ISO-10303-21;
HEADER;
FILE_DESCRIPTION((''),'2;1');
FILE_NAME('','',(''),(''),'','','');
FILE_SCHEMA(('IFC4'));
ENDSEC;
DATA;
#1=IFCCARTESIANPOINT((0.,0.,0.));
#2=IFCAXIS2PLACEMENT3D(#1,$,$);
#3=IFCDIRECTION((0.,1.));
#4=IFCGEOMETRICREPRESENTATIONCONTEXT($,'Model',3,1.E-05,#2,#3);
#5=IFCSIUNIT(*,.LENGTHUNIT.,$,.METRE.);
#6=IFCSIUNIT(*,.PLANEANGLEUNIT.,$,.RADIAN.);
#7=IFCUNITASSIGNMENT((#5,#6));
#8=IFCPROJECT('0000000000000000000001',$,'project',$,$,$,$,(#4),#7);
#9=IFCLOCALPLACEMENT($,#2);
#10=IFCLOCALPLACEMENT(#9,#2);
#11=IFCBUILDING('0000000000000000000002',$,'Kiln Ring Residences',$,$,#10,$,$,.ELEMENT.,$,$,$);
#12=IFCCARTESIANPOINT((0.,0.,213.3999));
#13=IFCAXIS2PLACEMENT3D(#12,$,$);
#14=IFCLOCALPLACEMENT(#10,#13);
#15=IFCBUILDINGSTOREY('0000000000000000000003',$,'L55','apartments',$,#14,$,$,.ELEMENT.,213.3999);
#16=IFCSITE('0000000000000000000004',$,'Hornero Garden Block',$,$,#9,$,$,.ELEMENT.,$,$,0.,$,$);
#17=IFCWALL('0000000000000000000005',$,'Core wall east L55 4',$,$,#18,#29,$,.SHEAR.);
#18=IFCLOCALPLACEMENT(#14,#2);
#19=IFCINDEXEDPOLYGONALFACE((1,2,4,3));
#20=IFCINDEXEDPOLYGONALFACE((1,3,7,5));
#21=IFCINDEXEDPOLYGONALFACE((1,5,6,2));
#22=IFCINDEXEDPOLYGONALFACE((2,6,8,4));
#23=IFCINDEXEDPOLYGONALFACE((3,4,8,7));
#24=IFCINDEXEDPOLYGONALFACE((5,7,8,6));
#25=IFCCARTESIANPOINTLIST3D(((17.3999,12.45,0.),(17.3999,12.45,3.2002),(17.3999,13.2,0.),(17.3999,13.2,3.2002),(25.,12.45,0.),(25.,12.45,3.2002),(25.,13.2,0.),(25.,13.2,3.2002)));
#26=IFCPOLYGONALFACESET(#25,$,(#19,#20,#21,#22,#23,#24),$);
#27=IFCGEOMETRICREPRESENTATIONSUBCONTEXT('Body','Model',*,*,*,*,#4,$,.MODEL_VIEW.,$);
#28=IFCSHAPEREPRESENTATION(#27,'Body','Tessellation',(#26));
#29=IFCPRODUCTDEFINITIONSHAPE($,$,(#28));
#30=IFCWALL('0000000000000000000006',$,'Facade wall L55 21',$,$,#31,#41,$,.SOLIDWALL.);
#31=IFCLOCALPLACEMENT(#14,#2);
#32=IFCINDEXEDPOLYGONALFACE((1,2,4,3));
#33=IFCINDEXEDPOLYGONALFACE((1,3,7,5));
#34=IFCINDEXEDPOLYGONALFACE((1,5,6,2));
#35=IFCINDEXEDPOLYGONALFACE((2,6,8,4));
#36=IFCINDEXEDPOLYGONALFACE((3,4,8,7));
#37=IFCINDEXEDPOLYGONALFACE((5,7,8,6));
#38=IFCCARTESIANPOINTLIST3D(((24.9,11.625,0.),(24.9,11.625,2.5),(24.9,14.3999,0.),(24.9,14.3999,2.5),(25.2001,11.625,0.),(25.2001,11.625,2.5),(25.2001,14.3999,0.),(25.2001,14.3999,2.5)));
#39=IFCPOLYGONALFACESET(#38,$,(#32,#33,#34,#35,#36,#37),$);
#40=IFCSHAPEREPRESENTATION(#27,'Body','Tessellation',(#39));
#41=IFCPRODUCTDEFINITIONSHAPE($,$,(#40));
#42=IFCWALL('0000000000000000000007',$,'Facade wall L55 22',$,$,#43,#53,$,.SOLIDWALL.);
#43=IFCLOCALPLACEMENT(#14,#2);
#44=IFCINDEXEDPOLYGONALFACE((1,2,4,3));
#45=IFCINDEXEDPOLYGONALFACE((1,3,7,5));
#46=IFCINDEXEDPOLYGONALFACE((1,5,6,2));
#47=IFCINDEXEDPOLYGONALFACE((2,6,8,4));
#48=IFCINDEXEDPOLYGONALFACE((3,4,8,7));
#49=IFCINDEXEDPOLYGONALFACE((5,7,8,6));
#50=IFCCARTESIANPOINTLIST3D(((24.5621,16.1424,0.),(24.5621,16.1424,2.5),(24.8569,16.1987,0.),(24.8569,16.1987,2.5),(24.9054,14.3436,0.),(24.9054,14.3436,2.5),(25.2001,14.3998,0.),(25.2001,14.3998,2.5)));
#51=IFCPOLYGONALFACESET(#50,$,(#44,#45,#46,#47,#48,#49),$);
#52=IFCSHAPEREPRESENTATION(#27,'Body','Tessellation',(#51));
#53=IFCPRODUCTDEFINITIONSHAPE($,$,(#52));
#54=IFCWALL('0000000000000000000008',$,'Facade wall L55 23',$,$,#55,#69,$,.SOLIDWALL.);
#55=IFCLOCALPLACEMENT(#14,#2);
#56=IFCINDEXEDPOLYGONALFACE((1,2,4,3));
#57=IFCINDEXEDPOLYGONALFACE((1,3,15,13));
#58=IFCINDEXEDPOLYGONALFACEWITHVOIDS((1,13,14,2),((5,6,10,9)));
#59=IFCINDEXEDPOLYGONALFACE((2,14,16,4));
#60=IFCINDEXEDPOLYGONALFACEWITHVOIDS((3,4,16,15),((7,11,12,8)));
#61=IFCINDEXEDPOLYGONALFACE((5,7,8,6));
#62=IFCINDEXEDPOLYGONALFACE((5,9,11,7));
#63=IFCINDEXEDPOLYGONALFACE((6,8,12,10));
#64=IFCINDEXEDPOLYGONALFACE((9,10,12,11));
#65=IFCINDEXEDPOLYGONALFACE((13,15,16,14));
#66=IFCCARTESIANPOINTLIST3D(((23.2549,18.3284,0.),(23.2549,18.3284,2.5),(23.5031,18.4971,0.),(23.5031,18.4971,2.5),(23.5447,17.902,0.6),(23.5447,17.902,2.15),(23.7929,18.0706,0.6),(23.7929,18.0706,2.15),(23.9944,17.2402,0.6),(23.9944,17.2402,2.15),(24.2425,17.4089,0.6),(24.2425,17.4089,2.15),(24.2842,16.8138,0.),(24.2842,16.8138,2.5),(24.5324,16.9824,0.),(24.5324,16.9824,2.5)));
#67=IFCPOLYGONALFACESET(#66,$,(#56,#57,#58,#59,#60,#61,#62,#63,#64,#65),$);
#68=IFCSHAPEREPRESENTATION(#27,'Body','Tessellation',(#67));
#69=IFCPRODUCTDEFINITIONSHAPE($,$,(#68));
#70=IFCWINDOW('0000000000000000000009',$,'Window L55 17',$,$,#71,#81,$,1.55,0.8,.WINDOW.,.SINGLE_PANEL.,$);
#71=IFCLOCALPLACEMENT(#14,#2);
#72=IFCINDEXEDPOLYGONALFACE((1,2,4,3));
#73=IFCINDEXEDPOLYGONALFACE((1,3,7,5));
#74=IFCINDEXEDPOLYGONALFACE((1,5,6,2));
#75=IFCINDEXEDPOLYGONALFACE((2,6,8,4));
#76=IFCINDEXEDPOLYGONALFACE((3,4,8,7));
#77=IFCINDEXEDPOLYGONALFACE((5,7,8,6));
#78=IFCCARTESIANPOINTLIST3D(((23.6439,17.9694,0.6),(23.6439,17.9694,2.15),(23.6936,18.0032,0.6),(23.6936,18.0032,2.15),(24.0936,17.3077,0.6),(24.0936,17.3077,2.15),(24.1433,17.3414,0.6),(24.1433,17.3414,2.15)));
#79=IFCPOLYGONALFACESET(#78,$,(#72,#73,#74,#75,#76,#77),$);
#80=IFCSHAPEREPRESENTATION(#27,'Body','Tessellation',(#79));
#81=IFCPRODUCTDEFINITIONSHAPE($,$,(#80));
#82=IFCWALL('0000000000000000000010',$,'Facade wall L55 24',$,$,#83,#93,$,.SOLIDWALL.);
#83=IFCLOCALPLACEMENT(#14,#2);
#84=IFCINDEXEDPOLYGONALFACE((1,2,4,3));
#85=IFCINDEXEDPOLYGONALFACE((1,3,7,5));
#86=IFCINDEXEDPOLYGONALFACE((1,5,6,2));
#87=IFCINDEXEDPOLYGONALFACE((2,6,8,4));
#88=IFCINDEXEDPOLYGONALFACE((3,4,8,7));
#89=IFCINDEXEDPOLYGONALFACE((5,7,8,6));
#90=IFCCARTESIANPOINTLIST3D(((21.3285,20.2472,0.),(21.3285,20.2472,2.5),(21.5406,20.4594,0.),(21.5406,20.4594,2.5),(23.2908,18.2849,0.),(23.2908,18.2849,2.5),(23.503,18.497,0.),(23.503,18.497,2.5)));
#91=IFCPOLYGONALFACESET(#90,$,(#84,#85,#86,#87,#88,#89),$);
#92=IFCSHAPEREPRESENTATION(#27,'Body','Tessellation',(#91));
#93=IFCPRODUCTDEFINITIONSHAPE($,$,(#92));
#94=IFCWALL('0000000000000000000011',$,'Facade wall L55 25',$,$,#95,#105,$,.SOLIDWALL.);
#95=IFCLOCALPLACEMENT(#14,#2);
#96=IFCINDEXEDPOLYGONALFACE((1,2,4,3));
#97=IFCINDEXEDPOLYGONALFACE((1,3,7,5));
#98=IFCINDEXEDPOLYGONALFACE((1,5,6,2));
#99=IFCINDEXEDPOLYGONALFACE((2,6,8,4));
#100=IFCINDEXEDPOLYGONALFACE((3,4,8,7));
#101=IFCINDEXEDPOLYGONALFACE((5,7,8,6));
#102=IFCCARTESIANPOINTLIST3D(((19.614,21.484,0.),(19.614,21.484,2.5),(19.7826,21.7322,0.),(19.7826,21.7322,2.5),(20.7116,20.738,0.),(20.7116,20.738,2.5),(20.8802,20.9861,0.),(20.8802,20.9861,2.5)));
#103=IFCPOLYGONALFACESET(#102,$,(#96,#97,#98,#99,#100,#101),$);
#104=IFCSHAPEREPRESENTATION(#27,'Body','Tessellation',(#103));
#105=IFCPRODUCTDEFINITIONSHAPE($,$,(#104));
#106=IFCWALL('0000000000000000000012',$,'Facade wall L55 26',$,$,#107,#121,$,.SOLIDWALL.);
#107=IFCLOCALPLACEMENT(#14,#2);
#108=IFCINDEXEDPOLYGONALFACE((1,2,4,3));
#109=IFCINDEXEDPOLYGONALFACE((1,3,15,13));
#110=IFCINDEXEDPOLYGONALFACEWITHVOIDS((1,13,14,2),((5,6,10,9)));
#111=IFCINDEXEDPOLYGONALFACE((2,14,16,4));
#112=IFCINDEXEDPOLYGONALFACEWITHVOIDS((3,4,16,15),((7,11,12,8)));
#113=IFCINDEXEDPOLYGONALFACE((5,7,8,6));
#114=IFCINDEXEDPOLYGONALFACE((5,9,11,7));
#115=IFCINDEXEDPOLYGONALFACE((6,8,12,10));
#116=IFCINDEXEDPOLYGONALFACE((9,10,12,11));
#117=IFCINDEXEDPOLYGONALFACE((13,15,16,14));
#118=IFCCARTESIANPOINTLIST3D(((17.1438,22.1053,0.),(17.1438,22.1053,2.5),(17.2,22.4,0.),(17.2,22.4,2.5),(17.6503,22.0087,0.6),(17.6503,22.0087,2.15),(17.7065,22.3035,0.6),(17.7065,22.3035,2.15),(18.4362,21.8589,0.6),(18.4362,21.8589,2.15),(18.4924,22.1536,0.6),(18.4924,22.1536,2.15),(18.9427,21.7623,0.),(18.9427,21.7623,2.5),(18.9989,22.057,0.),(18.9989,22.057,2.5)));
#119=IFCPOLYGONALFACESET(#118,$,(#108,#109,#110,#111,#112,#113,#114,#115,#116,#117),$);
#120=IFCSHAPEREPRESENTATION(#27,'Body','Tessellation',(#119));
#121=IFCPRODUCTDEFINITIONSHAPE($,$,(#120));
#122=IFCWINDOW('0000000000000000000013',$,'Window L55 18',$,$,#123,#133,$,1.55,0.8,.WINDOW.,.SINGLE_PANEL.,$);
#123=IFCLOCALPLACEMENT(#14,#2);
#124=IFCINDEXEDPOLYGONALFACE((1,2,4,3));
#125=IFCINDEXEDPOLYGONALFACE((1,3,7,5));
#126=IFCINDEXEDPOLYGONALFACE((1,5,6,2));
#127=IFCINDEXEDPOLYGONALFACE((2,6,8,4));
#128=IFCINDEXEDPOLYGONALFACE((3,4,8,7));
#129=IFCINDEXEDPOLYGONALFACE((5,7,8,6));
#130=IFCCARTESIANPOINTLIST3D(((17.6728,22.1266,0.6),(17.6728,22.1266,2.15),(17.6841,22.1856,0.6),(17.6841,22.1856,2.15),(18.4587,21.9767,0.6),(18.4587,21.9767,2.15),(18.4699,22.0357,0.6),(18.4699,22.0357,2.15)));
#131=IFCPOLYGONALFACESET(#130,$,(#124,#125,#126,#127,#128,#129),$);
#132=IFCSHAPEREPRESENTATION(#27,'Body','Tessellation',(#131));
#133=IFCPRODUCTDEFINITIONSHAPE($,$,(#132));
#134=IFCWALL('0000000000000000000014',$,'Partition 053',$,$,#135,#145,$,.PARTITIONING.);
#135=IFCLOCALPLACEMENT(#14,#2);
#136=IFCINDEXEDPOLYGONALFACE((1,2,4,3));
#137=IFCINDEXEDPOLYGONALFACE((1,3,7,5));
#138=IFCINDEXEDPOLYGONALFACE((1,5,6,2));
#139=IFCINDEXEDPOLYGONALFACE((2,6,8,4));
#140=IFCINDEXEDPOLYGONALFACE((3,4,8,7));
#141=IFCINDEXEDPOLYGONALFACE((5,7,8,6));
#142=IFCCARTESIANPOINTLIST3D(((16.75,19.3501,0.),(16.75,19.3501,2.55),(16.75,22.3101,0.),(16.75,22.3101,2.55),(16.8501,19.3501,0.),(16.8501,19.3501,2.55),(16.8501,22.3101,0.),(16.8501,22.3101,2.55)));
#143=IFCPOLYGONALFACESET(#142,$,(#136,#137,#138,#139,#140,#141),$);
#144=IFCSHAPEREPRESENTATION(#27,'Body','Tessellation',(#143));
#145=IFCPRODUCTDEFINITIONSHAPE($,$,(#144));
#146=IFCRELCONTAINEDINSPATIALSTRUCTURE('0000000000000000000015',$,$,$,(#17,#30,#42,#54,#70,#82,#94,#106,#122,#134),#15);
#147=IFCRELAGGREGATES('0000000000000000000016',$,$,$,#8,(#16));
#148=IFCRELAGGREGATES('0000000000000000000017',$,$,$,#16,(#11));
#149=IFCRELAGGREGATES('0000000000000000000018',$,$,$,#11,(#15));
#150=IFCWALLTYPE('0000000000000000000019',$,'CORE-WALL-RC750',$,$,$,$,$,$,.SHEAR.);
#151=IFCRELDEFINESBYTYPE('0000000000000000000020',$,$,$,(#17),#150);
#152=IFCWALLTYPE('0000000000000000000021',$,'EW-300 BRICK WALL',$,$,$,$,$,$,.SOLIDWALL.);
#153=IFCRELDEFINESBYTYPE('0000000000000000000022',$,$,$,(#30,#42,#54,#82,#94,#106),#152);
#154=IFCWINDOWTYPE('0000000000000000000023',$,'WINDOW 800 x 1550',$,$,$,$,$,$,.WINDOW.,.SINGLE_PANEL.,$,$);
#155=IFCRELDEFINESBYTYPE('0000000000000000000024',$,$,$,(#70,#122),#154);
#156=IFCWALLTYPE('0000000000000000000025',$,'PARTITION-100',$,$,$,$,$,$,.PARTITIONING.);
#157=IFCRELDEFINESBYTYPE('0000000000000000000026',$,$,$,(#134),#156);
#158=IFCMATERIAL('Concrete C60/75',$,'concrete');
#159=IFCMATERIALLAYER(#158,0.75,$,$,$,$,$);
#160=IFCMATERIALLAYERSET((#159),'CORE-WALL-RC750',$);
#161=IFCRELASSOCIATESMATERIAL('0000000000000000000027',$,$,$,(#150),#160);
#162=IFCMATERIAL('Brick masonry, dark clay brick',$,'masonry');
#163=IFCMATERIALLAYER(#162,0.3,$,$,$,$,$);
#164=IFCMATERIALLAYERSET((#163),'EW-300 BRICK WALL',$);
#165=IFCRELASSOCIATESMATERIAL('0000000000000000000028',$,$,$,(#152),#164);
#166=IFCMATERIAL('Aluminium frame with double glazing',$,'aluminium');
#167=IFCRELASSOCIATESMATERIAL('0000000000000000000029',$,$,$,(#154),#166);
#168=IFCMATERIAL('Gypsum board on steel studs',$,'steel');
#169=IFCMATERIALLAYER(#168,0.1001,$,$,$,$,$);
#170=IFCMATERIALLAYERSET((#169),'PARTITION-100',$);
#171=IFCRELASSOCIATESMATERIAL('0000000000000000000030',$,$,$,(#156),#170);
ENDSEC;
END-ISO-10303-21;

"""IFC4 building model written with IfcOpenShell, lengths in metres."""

from ifc_helpers import new_model, si_unit, direction, frame, frame_2d, origin, place, context, subcontext, project, spatial, rectangle, extrude, material, layer, layer_set, type_object, element, fill, save


model = new_model("IFC4")

# Units and contexts
model_context = context("Model", 3, precision=1e-05, world=origin(), true_north=direction((0.0, 1.0)))
body_context = subcontext(model_context, "Body", "Model", "MODEL_VIEW")
ifc_project = project(units=[si_unit("LENGTHUNIT", "METRE"), si_unit("PLANEANGLEUNIT", "RADIAN")], contexts=[model_context])

# Site, building, storey
site_placement = place(None, origin())
site = spatial("IfcSite", under=ifc_project, at=site_placement, Name="Hornero Garden Block", CompositionType="ELEMENT", RefElevation=0.0)
building_placement = place(site_placement, origin())
building = spatial("IfcBuilding", under=site, at=building_placement, Name="Kiln Ring Residences", CompositionType="ELEMENT")
storey_placement = place(building_placement, frame((0.0, 0.0, 213.3999)))
storey = spatial("IfcBuildingStorey", under=building, at=storey_placement, Name="L55", Description="apartments", CompositionType="ELEMENT", Elevation=213.3999)

# Walls
ifc_material_1 = material(Name="Concrete C60/75", Category="concrete")
ifc_layer_1 = layer(ifc_material_1, 0.75)
ifc_layer_set_1 = layer_set([ifc_layer_1], Name="CORE-WALL-RC750")
wall_type_1 = type_object("IfcWallType", Name="CORE-WALL-RC750", PredefinedType="SHEAR", material=ifc_layer_set_1)
wall_1_placement = place(storey_placement, frame((17.3999, 12.825, 0.0), z_axis=(0.0, 0.0, 1.0), x_axis=(1.0, 0.0, 0.0)))
element("IfcWall", 1, at=wall_1_placement, inside=storey, type_object=wall_type_1, Name="Core wall east L55 4", PredefinedType="SHEAR", context=body_context, shape_type="SweptSolid", body=[
    extrude(rectangle(XDim=7.6001, YDim=0.75, at=frame_2d((3.8, 0.0))), origin(), (0.0, 0.0, 1.0), 3.2002),
])
ifc_material_2 = material(Name="Brick masonry, dark clay brick", Category="masonry")
ifc_layer_2 = layer(ifc_material_2, 0.3)
ifc_layer_set_2 = layer_set([ifc_layer_2], Name="EW-300 BRICK WALL")
wall_type_2 = type_object("IfcWallType", Name="EW-300 BRICK WALL", PredefinedType="SOLIDWALL", material=ifc_layer_set_2)
wall_2_placement = place(storey_placement, frame((25.05, 11.625, 0.0), z_axis=(0.0, 0.0, 1.0), x_axis=(0.0, 1.0, 0.0)))
element("IfcWall", 2, at=wall_2_placement, inside=storey, type_object=wall_type_2, Name="Facade wall L55 21", PredefinedType="SOLIDWALL", context=body_context, shape_type="SweptSolid", body=[
    extrude(rectangle(XDim=2.7749, YDim=0.3, at=frame_2d((1.3875, 0.0))), origin(), (0.0, 0.0, 1.0), 2.5),
])
wall_3_placement = place(storey_placement, frame((25.0527, 14.3718, 0.0), z_axis=(0.0, 0.0, 1.0), x_axis=(-0.187443, 0.982275, 0.0)))
element("IfcWall", 3, at=wall_3_placement, inside=storey, type_object=wall_type_2, Name="Facade wall L55 22", PredefinedType="SOLIDWALL", context=body_context, shape_type="SweptSolid", body=[
    extrude(rectangle(XDim=1.8313, YDim=0.3, at=frame_2d((0.9155, 0.0))), origin(), (0.0, 0.0, 1.0), 2.5),
])

# Wall, opening, window
wall_4_placement = place(storey_placement, frame((24.4082, 16.8982, 0.0), z_axis=(0.0, 0.0, 1.0), x_axis=(-0.562062, 0.827095, 0.0)))
wall_4 = element("IfcWall", 4, at=wall_4_placement, inside=storey, type_object=wall_type_2, Name="Facade wall L55 23", PredefinedType="SOLIDWALL", context=body_context, shape_type="SweptSolid", body=[
    extrude(rectangle(XDim=1.8313, YDim=0.3, at=frame_2d((0.9155, 0.0))), origin(), (0.0, 0.0, 1.0), 2.5),
])
opening_1_placement = place(wall_4_placement, frame((0.5156, 0.0, 0.6001)))
opening_1 = element("IfcOpeningElement", 5, at=opening_1_placement, cuts=wall_4, PredefinedType="OPENING", context=body_context, shape_type="SweptSolid", body=[
    extrude(rectangle(XDim=0.8, YDim=1.55, at=frame_2d((0.3999, 0.7749))), frame((0.0, 0.1599, 0.0), z_axis=(0.0, -1.0, 0.0), x_axis=(1.0, 0.0, 0.0)), (0.0, 0.0, 1.0), 0.3201),
])
ifc_material_3 = material(Name="Aluminium frame with double glazing", Category="aluminium")
window_type = type_object("IfcWindowType", Name="WINDOW 800 x 1550", PartitioningType="SINGLE_PANEL", PredefinedType="WINDOW", material=ifc_material_3)
window_1_placement = place(opening_1_placement, origin())
window_1 = element("IfcWindow", 6, at=window_1_placement, inside=storey, type_object=window_type, Name="Window L55 17", OverallHeight=1.55, OverallWidth=0.8, PartitioningType="SINGLE_PANEL", PredefinedType="WINDOW", context=body_context, shape_type="SweptSolid", body=[
    extrude(rectangle(XDim=0.8, YDim=1.55, at=frame_2d((0.3999, 0.7749))), frame((0.0, 0.03, 0.0), z_axis=(0.0, -1.0, 0.0), x_axis=(1.0, 0.0, 0.0)), (0.0, 0.0, 1.0), 0.0601),
])
fill(opening_1, window_1)

# Walls
wall_5_placement = place(storey_placement, frame((23.397, 18.3909, 0.0), z_axis=(0.0, 0.0, 1.0), x_axis=(-0.707107, 0.707107, 0.0)))
element("IfcWall", 7, at=wall_5_placement, inside=storey, type_object=wall_type_2, Name="Facade wall L55 24", PredefinedType="SOLIDWALL", context=body_context, shape_type="SweptSolid", body=[
    extrude(rectangle(XDim=2.7751, YDim=0.3, at=frame_2d((1.3877, 0.0))), origin(), (0.0, 0.0, 1.0), 2.5),
])
wall_6_placement = place(storey_placement, frame((20.7959, 20.8621, 0.0), z_axis=(0.0, 0.0, 1.0), x_axis=(-0.827036, 0.562149, 0.0)))
element("IfcWall", 8, at=wall_6_placement, inside=storey, type_object=wall_type_2, Name="Facade wall L55 25", PredefinedType="SOLIDWALL", context=body_context, shape_type="SweptSolid", body=[
    extrude(rectangle(XDim=1.3271, YDim=0.3, at=frame_2d((0.6636, 0.0))), origin(), (0.0, 0.0, 1.0), 2.5),
])

# Wall, opening, window
wall_7_placement = place(storey_placement, frame((18.9707, 21.9097, 0.0), z_axis=(0.0, 0.0, 1.0), x_axis=(-0.9823, 0.187314, 0.0)))
wall_7 = element("IfcWall", 9, at=wall_7_placement, inside=storey, type_object=wall_type_2, Name="Facade wall L55 26", PredefinedType="SOLIDWALL", context=body_context, shape_type="SweptSolid", body=[
    extrude(rectangle(XDim=1.8313, YDim=0.3, at=frame_2d((0.9155, 0.0))), origin(), (0.0, 0.0, 1.0), 2.5),
])
opening_2_placement = place(wall_7_placement, frame((0.5156, 0.0, 0.6001)))
opening_2 = element("IfcOpeningElement", 10, at=opening_2_placement, cuts=wall_7, PredefinedType="OPENING", context=body_context, shape_type="SweptSolid", body=[
    extrude(rectangle(XDim=0.8, YDim=1.55, at=frame_2d((0.3999, 0.7749))), frame((0.0, 0.1599, 0.0), z_axis=(0.0, -1.0, 0.0), x_axis=(1.0, 0.0, 0.0)), (0.0, 0.0, 1.0), 0.3201),
])
window_2_placement = place(opening_2_placement, origin())
window_2 = element("IfcWindow", 11, at=window_2_placement, inside=storey, type_object=window_type, Name="Window L55 18", OverallHeight=1.55, OverallWidth=0.8, PartitioningType="SINGLE_PANEL", PredefinedType="WINDOW", context=body_context, shape_type="SweptSolid", body=[
    extrude(rectangle(XDim=0.8, YDim=1.55, at=frame_2d((0.3999, 0.7749))), frame((0.0, 0.03, 0.0), z_axis=(0.0, -1.0, 0.0), x_axis=(1.0, 0.0, 0.0)), (0.0, 0.0, 1.0), 0.0601),
])
fill(opening_2, window_2)

# Wall
ifc_material_4 = material(Name="Gypsum board on steel studs", Category="steel")
ifc_layer_3 = layer(ifc_material_4, 0.1001)
ifc_layer_set_3 = layer_set([ifc_layer_3], Name="PARTITION-100")
wall_type_3 = type_object("IfcWallType", Name="PARTITION-100", PredefinedType="PARTITIONING", material=ifc_layer_set_3)
wall_8_placement = place(storey_placement, frame((16.8, 19.3501, 0.0), z_axis=(0.0, 0.0, 1.0), x_axis=(0.0, 1.0, 0.0)))
element("IfcWall", 12, at=wall_8_placement, inside=storey, type_object=wall_type_3, Name="Partition 053", PredefinedType="PARTITIONING", context=body_context, shape_type="SweptSolid", body=[
    extrude(rectangle(XDim=2.96, YDim=0.1001, at=frame_2d((1.48, 0.0))), origin(), (0.0, 0.0, 1.0), 2.55),
])

save(model, "model.ifc")
